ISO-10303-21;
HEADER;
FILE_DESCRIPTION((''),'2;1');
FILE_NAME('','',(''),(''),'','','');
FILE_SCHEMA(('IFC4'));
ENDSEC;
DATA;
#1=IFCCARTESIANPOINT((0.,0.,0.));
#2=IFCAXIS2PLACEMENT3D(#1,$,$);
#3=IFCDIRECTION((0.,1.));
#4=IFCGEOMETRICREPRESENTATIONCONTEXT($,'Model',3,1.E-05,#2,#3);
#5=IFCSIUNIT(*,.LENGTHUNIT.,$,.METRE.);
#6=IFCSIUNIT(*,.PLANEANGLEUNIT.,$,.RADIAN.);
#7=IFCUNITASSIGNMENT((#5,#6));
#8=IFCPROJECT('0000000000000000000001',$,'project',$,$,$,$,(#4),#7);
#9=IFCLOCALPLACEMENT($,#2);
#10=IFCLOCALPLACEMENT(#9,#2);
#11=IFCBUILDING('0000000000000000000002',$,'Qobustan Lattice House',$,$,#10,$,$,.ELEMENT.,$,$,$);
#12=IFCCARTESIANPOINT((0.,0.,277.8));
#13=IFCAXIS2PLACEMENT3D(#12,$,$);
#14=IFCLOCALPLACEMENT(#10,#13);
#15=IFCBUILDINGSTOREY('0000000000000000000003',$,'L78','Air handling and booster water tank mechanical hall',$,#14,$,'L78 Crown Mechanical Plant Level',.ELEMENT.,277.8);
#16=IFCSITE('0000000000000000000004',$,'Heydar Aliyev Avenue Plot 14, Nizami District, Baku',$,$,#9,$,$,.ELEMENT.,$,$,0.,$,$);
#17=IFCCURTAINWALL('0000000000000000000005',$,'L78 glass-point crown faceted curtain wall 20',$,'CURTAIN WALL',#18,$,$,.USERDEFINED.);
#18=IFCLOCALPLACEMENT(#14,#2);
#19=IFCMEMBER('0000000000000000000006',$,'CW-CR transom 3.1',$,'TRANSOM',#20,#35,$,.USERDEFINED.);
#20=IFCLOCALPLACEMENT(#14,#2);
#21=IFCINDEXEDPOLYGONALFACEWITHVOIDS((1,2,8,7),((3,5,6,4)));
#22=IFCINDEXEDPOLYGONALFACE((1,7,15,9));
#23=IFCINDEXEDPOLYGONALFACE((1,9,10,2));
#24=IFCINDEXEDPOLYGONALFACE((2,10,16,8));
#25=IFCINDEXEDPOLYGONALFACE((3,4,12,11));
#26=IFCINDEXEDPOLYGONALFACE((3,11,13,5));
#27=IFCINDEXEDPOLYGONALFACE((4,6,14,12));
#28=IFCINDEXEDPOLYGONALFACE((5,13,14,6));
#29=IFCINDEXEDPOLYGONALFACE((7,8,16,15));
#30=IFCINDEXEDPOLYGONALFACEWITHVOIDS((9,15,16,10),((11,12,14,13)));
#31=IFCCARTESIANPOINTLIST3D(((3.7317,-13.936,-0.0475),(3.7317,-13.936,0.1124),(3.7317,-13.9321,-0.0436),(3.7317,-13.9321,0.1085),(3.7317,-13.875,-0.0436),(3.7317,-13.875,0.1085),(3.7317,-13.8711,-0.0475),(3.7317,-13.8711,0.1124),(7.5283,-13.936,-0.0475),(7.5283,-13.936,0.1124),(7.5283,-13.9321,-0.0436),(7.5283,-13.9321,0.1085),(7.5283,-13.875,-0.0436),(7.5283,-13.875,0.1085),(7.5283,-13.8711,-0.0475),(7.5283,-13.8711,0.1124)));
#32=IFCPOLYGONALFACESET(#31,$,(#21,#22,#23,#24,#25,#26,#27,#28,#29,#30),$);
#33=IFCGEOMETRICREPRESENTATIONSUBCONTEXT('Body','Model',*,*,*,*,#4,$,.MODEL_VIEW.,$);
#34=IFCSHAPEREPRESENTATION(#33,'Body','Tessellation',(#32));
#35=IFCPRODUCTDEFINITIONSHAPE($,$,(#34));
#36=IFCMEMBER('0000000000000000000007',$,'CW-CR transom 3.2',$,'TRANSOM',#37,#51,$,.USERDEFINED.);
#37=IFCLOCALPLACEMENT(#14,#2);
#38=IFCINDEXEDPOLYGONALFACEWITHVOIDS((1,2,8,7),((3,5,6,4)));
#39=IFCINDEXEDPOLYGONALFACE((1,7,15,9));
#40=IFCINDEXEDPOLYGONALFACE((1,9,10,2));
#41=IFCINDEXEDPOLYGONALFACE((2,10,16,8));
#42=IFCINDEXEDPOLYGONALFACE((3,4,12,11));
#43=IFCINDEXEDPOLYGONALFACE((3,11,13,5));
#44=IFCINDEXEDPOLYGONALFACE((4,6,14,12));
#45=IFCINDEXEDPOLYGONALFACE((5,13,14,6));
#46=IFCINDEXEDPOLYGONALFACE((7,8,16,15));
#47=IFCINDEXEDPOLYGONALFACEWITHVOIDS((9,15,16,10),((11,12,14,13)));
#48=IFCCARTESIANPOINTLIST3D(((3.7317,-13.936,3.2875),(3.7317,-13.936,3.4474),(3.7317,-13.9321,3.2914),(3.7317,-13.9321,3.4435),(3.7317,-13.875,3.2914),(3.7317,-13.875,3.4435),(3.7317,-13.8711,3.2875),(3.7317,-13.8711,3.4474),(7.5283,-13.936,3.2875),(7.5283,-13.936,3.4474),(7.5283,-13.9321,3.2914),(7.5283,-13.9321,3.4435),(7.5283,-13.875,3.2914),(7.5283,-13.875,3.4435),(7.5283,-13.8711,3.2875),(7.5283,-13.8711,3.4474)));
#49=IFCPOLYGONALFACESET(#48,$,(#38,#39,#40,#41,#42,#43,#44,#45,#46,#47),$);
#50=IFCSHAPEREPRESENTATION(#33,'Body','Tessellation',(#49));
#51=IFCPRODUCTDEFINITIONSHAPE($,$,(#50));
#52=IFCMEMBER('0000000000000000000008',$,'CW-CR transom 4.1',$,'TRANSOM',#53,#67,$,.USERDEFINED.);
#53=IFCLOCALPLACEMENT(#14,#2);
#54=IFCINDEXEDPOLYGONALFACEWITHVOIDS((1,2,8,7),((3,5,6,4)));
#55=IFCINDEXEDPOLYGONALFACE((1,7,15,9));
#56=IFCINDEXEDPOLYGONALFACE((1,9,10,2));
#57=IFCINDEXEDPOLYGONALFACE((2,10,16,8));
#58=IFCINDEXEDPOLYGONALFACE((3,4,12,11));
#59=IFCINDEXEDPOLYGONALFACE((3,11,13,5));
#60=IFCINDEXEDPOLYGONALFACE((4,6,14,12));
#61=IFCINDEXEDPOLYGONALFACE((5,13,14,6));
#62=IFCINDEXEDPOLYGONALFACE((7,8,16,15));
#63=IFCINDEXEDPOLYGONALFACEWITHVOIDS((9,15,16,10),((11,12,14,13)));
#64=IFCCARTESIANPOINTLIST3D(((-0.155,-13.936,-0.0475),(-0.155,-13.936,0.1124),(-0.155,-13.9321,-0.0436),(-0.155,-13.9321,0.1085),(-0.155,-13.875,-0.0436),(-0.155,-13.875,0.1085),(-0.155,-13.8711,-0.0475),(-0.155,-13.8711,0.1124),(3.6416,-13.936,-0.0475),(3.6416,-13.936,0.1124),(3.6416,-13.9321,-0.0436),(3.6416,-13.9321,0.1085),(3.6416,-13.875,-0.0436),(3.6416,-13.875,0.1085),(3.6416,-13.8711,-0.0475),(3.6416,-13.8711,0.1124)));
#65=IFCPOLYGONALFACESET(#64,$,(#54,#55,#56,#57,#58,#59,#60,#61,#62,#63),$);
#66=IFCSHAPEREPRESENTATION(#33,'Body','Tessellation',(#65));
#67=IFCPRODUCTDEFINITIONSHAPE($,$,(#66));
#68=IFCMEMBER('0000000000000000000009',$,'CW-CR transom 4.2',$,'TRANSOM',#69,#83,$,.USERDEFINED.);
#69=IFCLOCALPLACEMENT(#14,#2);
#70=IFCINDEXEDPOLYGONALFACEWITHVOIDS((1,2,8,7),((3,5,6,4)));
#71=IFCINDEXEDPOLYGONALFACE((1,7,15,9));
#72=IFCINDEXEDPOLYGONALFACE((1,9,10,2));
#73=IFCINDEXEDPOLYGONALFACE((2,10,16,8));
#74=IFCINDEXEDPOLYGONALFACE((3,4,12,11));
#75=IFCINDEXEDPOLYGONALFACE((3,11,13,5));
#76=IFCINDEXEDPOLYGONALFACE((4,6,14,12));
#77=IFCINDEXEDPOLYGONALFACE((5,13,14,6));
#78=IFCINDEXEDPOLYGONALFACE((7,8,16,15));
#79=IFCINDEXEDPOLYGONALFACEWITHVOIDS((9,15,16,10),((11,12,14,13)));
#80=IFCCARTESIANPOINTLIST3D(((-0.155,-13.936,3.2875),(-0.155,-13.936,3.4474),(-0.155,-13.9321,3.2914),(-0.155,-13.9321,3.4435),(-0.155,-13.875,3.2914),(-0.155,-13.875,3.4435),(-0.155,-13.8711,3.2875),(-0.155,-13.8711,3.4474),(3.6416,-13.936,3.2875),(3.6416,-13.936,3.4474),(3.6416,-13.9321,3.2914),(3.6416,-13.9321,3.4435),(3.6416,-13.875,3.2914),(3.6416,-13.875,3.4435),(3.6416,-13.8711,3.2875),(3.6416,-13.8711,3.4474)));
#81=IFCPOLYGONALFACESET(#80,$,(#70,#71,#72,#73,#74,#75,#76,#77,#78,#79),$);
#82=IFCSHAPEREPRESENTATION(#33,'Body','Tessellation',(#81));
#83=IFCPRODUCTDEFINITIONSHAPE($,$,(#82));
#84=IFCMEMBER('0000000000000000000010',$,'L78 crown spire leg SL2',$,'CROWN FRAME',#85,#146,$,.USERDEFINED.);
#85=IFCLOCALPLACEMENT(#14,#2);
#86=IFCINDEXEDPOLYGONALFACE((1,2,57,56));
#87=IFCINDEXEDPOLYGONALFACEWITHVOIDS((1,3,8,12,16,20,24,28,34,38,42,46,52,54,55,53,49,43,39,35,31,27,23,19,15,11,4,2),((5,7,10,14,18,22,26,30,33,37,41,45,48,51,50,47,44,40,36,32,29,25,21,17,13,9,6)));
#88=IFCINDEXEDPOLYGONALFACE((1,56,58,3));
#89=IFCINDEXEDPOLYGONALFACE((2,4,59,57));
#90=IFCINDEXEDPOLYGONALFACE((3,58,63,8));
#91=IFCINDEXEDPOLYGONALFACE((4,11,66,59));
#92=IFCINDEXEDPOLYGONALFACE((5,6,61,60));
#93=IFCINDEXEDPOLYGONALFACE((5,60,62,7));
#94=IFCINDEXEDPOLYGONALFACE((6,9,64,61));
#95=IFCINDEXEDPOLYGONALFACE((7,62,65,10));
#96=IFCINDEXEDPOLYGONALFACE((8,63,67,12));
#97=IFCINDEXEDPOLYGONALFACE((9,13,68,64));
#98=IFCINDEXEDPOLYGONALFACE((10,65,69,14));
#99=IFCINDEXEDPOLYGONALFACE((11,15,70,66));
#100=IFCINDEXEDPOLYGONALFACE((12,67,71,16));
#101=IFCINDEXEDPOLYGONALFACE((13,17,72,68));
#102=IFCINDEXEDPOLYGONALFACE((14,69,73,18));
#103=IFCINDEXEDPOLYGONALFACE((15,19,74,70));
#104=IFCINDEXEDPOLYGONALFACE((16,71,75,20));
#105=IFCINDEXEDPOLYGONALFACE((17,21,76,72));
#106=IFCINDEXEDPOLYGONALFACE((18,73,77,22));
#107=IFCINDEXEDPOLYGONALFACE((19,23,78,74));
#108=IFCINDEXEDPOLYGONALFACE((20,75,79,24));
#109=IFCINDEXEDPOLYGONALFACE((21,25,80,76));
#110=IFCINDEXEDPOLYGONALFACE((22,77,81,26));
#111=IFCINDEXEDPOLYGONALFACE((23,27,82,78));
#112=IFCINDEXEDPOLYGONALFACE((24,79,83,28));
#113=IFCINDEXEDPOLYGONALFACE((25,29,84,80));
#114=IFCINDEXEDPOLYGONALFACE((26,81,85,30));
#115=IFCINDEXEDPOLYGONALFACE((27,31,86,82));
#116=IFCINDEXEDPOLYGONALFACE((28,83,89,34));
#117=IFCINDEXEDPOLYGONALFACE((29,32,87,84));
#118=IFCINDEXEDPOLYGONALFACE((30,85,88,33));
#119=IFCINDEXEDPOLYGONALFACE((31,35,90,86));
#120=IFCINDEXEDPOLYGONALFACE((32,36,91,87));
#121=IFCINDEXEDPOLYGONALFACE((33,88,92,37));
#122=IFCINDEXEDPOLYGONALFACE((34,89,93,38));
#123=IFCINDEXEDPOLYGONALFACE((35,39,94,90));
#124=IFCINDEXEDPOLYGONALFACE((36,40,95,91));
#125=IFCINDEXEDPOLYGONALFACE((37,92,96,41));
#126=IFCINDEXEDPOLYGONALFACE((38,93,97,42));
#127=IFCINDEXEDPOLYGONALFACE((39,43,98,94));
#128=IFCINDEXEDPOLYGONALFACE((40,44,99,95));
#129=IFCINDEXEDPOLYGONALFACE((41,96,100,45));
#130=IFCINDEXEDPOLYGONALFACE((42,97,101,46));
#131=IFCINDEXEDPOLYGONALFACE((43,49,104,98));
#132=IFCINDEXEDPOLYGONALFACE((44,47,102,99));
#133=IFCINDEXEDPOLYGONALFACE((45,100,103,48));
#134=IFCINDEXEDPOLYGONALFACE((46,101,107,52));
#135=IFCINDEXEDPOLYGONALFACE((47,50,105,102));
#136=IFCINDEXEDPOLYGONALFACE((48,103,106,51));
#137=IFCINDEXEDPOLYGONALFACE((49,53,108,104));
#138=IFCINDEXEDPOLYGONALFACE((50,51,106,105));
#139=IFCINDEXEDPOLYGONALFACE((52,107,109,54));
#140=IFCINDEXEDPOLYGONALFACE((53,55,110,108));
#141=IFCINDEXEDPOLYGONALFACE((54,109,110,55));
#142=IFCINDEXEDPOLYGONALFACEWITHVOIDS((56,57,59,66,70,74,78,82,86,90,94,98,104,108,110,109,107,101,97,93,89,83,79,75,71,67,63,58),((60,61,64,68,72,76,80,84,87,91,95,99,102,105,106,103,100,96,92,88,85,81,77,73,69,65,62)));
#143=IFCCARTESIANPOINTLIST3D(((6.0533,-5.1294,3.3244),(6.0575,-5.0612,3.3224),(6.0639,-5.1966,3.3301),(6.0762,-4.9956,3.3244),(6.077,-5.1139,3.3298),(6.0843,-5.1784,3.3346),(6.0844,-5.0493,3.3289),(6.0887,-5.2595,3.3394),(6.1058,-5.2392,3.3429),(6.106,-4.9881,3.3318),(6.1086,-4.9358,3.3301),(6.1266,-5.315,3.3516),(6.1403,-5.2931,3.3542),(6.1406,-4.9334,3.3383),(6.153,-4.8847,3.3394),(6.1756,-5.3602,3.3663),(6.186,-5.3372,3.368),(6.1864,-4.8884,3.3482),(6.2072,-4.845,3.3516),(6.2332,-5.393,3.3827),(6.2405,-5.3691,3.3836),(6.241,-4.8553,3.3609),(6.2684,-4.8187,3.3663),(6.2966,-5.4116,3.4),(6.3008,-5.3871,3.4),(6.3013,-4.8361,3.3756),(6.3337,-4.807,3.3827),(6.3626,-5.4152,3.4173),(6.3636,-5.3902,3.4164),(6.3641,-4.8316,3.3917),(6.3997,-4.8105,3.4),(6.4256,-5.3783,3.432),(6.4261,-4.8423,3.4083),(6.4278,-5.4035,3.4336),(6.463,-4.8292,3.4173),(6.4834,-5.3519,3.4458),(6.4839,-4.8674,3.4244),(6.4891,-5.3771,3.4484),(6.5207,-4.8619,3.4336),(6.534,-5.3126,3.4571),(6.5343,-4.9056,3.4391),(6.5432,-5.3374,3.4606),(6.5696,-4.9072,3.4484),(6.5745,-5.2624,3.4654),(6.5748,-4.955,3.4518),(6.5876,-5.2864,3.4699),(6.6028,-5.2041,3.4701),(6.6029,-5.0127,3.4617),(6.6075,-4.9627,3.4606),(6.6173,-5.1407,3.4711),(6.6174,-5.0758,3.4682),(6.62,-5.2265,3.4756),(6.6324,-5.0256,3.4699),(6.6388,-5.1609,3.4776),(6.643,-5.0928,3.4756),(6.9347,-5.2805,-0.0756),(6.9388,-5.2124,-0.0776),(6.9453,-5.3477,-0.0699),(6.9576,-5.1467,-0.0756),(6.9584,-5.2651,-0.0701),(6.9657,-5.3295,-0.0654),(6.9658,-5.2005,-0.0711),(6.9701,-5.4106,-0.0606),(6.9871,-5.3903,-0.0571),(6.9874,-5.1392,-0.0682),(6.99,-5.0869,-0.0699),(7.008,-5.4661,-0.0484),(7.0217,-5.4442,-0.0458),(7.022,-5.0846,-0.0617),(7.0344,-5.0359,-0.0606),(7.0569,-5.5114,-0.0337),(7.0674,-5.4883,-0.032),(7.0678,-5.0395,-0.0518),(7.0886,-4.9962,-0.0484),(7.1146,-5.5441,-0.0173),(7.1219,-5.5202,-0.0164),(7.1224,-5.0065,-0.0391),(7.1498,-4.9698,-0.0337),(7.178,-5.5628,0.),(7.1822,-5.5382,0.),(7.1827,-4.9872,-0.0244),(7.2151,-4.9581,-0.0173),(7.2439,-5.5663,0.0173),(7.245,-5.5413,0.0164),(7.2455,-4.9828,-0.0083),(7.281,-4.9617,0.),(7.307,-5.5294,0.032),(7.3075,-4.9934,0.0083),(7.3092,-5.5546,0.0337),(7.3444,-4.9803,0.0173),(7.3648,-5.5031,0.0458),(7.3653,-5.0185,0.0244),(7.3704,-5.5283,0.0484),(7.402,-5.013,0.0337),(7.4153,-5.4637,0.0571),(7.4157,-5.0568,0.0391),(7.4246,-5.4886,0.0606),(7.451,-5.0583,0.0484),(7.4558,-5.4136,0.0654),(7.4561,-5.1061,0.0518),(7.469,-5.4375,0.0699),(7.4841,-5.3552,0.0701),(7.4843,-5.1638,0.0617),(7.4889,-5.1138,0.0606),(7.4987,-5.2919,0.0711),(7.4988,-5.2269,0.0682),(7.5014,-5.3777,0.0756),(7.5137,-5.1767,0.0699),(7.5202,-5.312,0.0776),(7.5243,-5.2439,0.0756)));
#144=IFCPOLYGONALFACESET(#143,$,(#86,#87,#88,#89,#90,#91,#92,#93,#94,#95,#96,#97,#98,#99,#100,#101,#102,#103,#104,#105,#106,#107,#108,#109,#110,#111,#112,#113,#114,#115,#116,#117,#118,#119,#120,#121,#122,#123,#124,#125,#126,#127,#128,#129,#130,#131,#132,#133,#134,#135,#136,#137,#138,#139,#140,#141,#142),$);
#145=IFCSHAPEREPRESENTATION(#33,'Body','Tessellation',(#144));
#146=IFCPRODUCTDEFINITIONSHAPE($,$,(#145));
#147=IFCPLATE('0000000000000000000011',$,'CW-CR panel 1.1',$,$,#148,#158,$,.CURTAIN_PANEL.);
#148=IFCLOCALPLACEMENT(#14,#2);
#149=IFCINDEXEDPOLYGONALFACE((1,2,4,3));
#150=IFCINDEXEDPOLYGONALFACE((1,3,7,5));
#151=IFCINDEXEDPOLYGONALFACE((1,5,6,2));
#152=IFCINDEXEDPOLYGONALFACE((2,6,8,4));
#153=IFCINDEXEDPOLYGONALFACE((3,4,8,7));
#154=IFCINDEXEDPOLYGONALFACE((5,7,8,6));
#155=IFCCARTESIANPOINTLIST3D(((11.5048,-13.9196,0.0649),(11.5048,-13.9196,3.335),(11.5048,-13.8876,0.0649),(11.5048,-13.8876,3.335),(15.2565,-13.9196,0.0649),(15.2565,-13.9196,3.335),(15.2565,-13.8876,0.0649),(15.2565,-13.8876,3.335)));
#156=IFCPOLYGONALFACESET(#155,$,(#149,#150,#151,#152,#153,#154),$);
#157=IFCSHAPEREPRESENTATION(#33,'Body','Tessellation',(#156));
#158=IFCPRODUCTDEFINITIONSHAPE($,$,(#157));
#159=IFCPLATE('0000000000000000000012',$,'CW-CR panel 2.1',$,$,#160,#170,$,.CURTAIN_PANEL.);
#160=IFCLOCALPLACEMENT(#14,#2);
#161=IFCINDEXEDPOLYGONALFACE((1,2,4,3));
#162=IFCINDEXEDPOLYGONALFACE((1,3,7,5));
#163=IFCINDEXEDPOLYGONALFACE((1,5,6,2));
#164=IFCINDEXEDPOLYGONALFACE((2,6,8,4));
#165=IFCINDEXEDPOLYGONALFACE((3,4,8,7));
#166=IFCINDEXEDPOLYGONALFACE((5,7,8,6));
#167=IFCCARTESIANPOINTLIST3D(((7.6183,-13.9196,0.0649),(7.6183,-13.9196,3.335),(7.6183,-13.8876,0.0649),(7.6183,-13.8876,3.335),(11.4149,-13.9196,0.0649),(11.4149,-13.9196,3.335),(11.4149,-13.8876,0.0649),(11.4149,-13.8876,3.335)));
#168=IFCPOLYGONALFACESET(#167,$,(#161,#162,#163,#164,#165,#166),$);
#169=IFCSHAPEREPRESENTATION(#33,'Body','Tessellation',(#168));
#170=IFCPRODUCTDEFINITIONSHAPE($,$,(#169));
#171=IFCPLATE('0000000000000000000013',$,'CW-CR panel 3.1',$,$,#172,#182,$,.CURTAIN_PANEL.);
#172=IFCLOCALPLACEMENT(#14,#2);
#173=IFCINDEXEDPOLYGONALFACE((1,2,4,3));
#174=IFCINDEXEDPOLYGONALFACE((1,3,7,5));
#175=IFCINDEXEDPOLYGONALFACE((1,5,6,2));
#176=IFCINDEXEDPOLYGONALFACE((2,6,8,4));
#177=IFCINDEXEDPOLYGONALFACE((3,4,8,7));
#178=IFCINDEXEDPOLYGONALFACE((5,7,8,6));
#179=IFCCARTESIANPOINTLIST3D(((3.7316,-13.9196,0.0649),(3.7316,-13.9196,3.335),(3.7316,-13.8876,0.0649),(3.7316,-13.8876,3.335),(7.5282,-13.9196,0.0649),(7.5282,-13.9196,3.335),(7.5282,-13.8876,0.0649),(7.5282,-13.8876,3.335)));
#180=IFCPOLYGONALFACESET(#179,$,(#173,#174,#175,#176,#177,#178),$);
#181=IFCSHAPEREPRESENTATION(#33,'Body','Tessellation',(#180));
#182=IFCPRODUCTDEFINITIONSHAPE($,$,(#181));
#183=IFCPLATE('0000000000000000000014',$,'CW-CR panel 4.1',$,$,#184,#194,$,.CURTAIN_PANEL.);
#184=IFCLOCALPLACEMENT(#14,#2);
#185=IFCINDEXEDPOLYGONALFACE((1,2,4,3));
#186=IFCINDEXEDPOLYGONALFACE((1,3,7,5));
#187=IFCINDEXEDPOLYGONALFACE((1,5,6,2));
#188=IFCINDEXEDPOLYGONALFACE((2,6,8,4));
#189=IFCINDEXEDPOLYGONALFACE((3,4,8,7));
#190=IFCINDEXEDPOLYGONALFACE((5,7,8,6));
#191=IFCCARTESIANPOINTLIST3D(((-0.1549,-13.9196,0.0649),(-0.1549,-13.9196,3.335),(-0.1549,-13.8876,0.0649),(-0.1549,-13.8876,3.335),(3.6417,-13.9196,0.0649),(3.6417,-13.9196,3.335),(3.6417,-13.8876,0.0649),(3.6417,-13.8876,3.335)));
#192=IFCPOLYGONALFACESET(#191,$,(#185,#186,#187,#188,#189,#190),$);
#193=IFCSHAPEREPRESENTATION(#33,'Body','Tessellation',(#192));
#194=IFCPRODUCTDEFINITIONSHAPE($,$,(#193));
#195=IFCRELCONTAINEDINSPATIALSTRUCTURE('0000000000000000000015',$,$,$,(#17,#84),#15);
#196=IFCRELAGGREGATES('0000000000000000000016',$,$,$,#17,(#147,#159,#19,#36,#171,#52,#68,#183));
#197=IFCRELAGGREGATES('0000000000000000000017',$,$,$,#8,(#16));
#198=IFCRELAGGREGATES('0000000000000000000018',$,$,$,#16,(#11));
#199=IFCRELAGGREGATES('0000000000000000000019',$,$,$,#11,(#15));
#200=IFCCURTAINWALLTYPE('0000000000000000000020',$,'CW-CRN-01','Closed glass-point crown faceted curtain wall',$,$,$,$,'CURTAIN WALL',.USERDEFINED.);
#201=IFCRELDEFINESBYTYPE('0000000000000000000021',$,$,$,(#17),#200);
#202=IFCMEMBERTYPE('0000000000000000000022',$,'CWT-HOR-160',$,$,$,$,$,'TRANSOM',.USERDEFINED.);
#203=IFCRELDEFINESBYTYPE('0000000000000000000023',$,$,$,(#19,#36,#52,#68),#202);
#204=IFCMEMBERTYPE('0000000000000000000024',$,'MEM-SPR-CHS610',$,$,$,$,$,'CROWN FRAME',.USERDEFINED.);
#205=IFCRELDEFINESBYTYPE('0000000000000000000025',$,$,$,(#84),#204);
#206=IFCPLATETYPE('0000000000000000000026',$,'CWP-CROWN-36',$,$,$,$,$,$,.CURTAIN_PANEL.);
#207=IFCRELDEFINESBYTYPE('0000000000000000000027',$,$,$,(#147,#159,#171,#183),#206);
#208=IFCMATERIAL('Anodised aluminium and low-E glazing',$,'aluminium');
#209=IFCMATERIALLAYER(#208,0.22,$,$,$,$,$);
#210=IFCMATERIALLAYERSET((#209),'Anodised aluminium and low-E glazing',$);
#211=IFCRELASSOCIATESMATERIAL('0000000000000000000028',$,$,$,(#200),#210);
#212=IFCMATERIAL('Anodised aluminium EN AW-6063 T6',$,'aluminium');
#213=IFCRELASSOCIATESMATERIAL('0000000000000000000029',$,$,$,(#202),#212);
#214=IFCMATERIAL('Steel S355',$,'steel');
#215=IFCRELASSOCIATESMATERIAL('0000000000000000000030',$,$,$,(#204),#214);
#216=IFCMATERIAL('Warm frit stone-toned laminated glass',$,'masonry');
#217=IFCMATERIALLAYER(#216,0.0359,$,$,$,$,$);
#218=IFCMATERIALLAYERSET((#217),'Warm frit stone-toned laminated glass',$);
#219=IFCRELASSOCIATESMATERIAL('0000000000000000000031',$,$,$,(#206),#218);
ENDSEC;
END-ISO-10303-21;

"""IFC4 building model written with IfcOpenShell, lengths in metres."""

from ifc_helpers import new_model, si_unit, direction, frame, origin, origin_2d, place, context, subcontext, project, spatial, rectangle, hollow_rectangle, hollow_circle, extrude, material, layer, layer_set, material_profile, profile_set, type_object, element, aggregate, save


model = new_model("IFC4")

# Units and contexts
model_context = context("Model", 3, precision=1e-05, world=origin(), true_north=direction((0.0, 1.0)))
body_context = subcontext(model_context, "Body", "Model", "MODEL_VIEW")
ifc_project = project(units=[si_unit("LENGTHUNIT", "METRE"), si_unit("PLANEANGLEUNIT", "RADIAN")], contexts=[model_context])

# Site, building, storey
site_placement = place(None, origin())
site = spatial("IfcSite", under=ifc_project, at=site_placement, Name="Heydar Aliyev Avenue Plot 14, Nizami District, Baku", CompositionType="ELEMENT", RefElevation=0.0)
building_placement = place(site_placement, origin())
building = spatial("IfcBuilding", under=site, at=building_placement, Name="Qobustan Lattice House", CompositionType="ELEMENT")
storey_placement = place(building_placement, frame((0.0, 0.0, 277.8)))
storey = spatial("IfcBuildingStorey", under=building, at=storey_placement, Name="L78", Description="Air handling and booster water tank mechanical hall", LongName="L78 Crown Mechanical Plant Level", CompositionType="ELEMENT", Elevation=277.8)

# Curtain wall, members
ifc_material_1 = material(Name="Anodised aluminium and low-E glazing", Category="aluminium")
ifc_layer_1 = layer(ifc_material_1, 0.22)
ifc_layer_set_1 = layer_set([ifc_layer_1], Name="Anodised aluminium and low-E glazing")
curtain_wall_type = type_object("IfcCurtainWallType", Name="CW-CRN-01", Description="Closed glass-point crown faceted curtain wall", ElementType="CURTAIN WALL", PredefinedType="USERDEFINED", material=ifc_layer_set_1)
curtain_wall_placement = place(storey_placement, origin())
curtain_wall = element("IfcCurtainWall", 1, at=curtain_wall_placement, inside=storey, type_object=curtain_wall_type, Name="L78 glass-point crown faceted curtain wall 20", ObjectType="CURTAIN WALL", PredefinedType="USERDEFINED")
ifc_material_2 = material(Name="Anodised aluminium EN AW-6063 T6", Category="aluminium")
ifc_material_profile_1 = material_profile(ifc_material_2, hollow_rectangle(XDim=0.0649, YDim=0.1599, WallThickness=0.0039, at=origin_2d()), Name="CWT-160x65")
ifc_profile_set_1 = profile_set([ifc_material_profile_1], Name="Anodised aluminium EN AW-6063 T6")
member_type_1 = type_object("IfcMemberType", Name="CWT-HOR-160", ElementType="TRANSOM", PredefinedType="USERDEFINED", material=ifc_profile_set_1)
member_1_placement = place(storey_placement, frame((7.5283, -13.9036, 0.0325), z_axis=(-1.0, 0.0, 0.0), x_axis=(0.0, -1.0, 0.0)))
member_1 = element("IfcMember", 2, at=member_1_placement, type_object=member_type_1, Name="CW-CR transom 3.1", ObjectType="TRANSOM", PredefinedType="USERDEFINED", context=body_context, shape_type="SweptSolid", body=[
    extrude(hollow_rectangle(XDim=0.0649, YDim=0.1599, WallThickness=0.0039, at=origin_2d()), origin(), (0.0, 0.0, 1.0), 3.7966),
])
member_2_placement = place(storey_placement, frame((7.5283, -13.9036, 3.3674), z_axis=(-1.0, 0.0, 0.0), x_axis=(0.0, -1.0, 0.0)))
member_2 = element("IfcMember", 3, at=member_2_placement, type_object=member_type_1, Name="CW-CR transom 3.2", ObjectType="TRANSOM", PredefinedType="USERDEFINED", context=body_context, shape_type="SweptSolid", body=[
    extrude(hollow_rectangle(XDim=0.0649, YDim=0.1599, WallThickness=0.0039, at=origin_2d()), origin(), (0.0, 0.0, 1.0), 3.7966),
])
member_3_placement = place(storey_placement, frame((3.6416, -13.9036, 0.0325), z_axis=(-1.0, 0.0, 0.0), x_axis=(0.0, -1.0, 0.0)))
member_3 = element("IfcMember", 4, at=member_3_placement, type_object=member_type_1, Name="CW-CR transom 4.1", ObjectType="TRANSOM", PredefinedType="USERDEFINED", context=body_context, shape_type="SweptSolid", body=[
    extrude(hollow_rectangle(XDim=0.0649, YDim=0.1599, WallThickness=0.0039, at=origin_2d()), origin(), (0.0, 0.0, 1.0), 3.7966),
])
member_4_placement = place(storey_placement, frame((3.6416, -13.9036, 3.3674), z_axis=(-1.0, 0.0, 0.0), x_axis=(0.0, -1.0, 0.0)))
member_4 = element("IfcMember", 5, at=member_4_placement, type_object=member_type_1, Name="CW-CR transom 4.2", ObjectType="TRANSOM", PredefinedType="USERDEFINED", context=body_context, shape_type="SweptSolid", body=[
    extrude(hollow_rectangle(XDim=0.0649, YDim=0.1599, WallThickness=0.0039, at=origin_2d()), origin(), (0.0, 0.0, 1.0), 3.7966),
])

# Member
ifc_material_3 = material(Name="Steel S355", Category="steel")
ifc_material_profile_2 = material_profile(ifc_material_3, hollow_circle(Radius=0.3049, WallThickness=0.0249, at=origin_2d()), Name="CHS610x25")
ifc_profile_set_2 = profile_set([ifc_material_profile_2], Name="Steel S355")
member_type_2 = type_object("IfcMemberType", Name="MEM-SPR-CHS610", ElementType="CROWN FRAME", PredefinedType="USERDEFINED", material=ifc_profile_set_2)
member_5_placement = place(storey_placement, frame((7.2295, -5.2622, 0.0), z_axis=(-0.250701, 0.042987, 0.96711), x_axis=(-0.169002, -0.985616, 0.0)))
element("IfcMember", 6, at=member_5_placement, inside=storey, type_object=member_type_2, Name="L78 crown spire leg SL2", ObjectType="CROWN FRAME", PredefinedType="USERDEFINED", context=body_context, shape_type="SweptSolid", body=[
    extrude(hollow_circle(Radius=0.3049, WallThickness=0.0249, at=origin_2d()), origin(), (0.0, 0.0, 1.0), 3.5156),
])

# Plates
ifc_material_4 = material(Name="Warm frit stone-toned laminated glass", Category="masonry")
ifc_layer_2 = layer(ifc_material_4, 0.0359)
ifc_layer_set_2 = layer_set([ifc_layer_2], Name="Warm frit stone-toned laminated glass")
plate_type_1 = type_object("IfcPlateType", Name="CWP-CROWN-36", PredefinedType="CURTAIN_PANEL", material=ifc_layer_set_2)
plate_1_placement = place(storey_placement, frame((13.3806, -13.9036, 0.0649), z_axis=(0.0, 0.0, 1.0), x_axis=(-1.0, 0.0, 0.0)))
plate_1 = element("IfcPlate", 7, at=plate_1_placement, type_object=plate_type_1, Name="CW-CR panel 1.1", PredefinedType="CURTAIN_PANEL", context=body_context, shape_type="SweptSolid", body=[
    extrude(rectangle(XDim=3.7517, YDim=0.032, at=origin_2d()), origin(), (0.0, 0.0, 1.0), 3.27),
])
plate_2_placement = place(storey_placement, frame((9.5166, -13.9036, 0.0649), z_axis=(0.0, 0.0, 1.0), x_axis=(-1.0, 0.0, 0.0)))
plate_2 = element("IfcPlate", 8, at=plate_2_placement, type_object=plate_type_1, Name="CW-CR panel 2.1", PredefinedType="CURTAIN_PANEL", context=body_context, shape_type="SweptSolid", body=[
    extrude(rectangle(XDim=3.7966, YDim=0.032, at=origin_2d()), origin(), (0.0, 0.0, 1.0), 3.27),
])
plate_3_placement = place(storey_placement, frame((5.6299, -13.9036, 0.0649), z_axis=(0.0, 0.0, 1.0), x_axis=(-1.0, 0.0, 0.0)))
plate_3 = element("IfcPlate", 9, at=plate_3_placement, type_object=plate_type_1, Name="CW-CR panel 3.1", PredefinedType="CURTAIN_PANEL", context=body_context, shape_type="SweptSolid", body=[
    extrude(rectangle(XDim=3.7966, YDim=0.032, at=origin_2d()), origin(), (0.0, 0.0, 1.0), 3.27),
])
plate_4_placement = place(storey_placement, frame((1.7434, -13.9036, 0.0649), z_axis=(0.0, 0.0, 1.0), x_axis=(-1.0, 0.0, 0.0)))
plate_4 = element("IfcPlate", 10, at=plate_4_placement, type_object=plate_type_1, Name="CW-CR panel 4.1", PredefinedType="CURTAIN_PANEL", context=body_context, shape_type="SweptSolid", body=[
    extrude(rectangle(XDim=3.7966, YDim=0.032, at=origin_2d()), origin(), (0.0, 0.0, 1.0), 3.27),
])
aggregate(curtain_wall, [plate_1, plate_2, member_1, member_2, plate_3, member_3, member_4, plate_4])

save(model, "model.ifc")
